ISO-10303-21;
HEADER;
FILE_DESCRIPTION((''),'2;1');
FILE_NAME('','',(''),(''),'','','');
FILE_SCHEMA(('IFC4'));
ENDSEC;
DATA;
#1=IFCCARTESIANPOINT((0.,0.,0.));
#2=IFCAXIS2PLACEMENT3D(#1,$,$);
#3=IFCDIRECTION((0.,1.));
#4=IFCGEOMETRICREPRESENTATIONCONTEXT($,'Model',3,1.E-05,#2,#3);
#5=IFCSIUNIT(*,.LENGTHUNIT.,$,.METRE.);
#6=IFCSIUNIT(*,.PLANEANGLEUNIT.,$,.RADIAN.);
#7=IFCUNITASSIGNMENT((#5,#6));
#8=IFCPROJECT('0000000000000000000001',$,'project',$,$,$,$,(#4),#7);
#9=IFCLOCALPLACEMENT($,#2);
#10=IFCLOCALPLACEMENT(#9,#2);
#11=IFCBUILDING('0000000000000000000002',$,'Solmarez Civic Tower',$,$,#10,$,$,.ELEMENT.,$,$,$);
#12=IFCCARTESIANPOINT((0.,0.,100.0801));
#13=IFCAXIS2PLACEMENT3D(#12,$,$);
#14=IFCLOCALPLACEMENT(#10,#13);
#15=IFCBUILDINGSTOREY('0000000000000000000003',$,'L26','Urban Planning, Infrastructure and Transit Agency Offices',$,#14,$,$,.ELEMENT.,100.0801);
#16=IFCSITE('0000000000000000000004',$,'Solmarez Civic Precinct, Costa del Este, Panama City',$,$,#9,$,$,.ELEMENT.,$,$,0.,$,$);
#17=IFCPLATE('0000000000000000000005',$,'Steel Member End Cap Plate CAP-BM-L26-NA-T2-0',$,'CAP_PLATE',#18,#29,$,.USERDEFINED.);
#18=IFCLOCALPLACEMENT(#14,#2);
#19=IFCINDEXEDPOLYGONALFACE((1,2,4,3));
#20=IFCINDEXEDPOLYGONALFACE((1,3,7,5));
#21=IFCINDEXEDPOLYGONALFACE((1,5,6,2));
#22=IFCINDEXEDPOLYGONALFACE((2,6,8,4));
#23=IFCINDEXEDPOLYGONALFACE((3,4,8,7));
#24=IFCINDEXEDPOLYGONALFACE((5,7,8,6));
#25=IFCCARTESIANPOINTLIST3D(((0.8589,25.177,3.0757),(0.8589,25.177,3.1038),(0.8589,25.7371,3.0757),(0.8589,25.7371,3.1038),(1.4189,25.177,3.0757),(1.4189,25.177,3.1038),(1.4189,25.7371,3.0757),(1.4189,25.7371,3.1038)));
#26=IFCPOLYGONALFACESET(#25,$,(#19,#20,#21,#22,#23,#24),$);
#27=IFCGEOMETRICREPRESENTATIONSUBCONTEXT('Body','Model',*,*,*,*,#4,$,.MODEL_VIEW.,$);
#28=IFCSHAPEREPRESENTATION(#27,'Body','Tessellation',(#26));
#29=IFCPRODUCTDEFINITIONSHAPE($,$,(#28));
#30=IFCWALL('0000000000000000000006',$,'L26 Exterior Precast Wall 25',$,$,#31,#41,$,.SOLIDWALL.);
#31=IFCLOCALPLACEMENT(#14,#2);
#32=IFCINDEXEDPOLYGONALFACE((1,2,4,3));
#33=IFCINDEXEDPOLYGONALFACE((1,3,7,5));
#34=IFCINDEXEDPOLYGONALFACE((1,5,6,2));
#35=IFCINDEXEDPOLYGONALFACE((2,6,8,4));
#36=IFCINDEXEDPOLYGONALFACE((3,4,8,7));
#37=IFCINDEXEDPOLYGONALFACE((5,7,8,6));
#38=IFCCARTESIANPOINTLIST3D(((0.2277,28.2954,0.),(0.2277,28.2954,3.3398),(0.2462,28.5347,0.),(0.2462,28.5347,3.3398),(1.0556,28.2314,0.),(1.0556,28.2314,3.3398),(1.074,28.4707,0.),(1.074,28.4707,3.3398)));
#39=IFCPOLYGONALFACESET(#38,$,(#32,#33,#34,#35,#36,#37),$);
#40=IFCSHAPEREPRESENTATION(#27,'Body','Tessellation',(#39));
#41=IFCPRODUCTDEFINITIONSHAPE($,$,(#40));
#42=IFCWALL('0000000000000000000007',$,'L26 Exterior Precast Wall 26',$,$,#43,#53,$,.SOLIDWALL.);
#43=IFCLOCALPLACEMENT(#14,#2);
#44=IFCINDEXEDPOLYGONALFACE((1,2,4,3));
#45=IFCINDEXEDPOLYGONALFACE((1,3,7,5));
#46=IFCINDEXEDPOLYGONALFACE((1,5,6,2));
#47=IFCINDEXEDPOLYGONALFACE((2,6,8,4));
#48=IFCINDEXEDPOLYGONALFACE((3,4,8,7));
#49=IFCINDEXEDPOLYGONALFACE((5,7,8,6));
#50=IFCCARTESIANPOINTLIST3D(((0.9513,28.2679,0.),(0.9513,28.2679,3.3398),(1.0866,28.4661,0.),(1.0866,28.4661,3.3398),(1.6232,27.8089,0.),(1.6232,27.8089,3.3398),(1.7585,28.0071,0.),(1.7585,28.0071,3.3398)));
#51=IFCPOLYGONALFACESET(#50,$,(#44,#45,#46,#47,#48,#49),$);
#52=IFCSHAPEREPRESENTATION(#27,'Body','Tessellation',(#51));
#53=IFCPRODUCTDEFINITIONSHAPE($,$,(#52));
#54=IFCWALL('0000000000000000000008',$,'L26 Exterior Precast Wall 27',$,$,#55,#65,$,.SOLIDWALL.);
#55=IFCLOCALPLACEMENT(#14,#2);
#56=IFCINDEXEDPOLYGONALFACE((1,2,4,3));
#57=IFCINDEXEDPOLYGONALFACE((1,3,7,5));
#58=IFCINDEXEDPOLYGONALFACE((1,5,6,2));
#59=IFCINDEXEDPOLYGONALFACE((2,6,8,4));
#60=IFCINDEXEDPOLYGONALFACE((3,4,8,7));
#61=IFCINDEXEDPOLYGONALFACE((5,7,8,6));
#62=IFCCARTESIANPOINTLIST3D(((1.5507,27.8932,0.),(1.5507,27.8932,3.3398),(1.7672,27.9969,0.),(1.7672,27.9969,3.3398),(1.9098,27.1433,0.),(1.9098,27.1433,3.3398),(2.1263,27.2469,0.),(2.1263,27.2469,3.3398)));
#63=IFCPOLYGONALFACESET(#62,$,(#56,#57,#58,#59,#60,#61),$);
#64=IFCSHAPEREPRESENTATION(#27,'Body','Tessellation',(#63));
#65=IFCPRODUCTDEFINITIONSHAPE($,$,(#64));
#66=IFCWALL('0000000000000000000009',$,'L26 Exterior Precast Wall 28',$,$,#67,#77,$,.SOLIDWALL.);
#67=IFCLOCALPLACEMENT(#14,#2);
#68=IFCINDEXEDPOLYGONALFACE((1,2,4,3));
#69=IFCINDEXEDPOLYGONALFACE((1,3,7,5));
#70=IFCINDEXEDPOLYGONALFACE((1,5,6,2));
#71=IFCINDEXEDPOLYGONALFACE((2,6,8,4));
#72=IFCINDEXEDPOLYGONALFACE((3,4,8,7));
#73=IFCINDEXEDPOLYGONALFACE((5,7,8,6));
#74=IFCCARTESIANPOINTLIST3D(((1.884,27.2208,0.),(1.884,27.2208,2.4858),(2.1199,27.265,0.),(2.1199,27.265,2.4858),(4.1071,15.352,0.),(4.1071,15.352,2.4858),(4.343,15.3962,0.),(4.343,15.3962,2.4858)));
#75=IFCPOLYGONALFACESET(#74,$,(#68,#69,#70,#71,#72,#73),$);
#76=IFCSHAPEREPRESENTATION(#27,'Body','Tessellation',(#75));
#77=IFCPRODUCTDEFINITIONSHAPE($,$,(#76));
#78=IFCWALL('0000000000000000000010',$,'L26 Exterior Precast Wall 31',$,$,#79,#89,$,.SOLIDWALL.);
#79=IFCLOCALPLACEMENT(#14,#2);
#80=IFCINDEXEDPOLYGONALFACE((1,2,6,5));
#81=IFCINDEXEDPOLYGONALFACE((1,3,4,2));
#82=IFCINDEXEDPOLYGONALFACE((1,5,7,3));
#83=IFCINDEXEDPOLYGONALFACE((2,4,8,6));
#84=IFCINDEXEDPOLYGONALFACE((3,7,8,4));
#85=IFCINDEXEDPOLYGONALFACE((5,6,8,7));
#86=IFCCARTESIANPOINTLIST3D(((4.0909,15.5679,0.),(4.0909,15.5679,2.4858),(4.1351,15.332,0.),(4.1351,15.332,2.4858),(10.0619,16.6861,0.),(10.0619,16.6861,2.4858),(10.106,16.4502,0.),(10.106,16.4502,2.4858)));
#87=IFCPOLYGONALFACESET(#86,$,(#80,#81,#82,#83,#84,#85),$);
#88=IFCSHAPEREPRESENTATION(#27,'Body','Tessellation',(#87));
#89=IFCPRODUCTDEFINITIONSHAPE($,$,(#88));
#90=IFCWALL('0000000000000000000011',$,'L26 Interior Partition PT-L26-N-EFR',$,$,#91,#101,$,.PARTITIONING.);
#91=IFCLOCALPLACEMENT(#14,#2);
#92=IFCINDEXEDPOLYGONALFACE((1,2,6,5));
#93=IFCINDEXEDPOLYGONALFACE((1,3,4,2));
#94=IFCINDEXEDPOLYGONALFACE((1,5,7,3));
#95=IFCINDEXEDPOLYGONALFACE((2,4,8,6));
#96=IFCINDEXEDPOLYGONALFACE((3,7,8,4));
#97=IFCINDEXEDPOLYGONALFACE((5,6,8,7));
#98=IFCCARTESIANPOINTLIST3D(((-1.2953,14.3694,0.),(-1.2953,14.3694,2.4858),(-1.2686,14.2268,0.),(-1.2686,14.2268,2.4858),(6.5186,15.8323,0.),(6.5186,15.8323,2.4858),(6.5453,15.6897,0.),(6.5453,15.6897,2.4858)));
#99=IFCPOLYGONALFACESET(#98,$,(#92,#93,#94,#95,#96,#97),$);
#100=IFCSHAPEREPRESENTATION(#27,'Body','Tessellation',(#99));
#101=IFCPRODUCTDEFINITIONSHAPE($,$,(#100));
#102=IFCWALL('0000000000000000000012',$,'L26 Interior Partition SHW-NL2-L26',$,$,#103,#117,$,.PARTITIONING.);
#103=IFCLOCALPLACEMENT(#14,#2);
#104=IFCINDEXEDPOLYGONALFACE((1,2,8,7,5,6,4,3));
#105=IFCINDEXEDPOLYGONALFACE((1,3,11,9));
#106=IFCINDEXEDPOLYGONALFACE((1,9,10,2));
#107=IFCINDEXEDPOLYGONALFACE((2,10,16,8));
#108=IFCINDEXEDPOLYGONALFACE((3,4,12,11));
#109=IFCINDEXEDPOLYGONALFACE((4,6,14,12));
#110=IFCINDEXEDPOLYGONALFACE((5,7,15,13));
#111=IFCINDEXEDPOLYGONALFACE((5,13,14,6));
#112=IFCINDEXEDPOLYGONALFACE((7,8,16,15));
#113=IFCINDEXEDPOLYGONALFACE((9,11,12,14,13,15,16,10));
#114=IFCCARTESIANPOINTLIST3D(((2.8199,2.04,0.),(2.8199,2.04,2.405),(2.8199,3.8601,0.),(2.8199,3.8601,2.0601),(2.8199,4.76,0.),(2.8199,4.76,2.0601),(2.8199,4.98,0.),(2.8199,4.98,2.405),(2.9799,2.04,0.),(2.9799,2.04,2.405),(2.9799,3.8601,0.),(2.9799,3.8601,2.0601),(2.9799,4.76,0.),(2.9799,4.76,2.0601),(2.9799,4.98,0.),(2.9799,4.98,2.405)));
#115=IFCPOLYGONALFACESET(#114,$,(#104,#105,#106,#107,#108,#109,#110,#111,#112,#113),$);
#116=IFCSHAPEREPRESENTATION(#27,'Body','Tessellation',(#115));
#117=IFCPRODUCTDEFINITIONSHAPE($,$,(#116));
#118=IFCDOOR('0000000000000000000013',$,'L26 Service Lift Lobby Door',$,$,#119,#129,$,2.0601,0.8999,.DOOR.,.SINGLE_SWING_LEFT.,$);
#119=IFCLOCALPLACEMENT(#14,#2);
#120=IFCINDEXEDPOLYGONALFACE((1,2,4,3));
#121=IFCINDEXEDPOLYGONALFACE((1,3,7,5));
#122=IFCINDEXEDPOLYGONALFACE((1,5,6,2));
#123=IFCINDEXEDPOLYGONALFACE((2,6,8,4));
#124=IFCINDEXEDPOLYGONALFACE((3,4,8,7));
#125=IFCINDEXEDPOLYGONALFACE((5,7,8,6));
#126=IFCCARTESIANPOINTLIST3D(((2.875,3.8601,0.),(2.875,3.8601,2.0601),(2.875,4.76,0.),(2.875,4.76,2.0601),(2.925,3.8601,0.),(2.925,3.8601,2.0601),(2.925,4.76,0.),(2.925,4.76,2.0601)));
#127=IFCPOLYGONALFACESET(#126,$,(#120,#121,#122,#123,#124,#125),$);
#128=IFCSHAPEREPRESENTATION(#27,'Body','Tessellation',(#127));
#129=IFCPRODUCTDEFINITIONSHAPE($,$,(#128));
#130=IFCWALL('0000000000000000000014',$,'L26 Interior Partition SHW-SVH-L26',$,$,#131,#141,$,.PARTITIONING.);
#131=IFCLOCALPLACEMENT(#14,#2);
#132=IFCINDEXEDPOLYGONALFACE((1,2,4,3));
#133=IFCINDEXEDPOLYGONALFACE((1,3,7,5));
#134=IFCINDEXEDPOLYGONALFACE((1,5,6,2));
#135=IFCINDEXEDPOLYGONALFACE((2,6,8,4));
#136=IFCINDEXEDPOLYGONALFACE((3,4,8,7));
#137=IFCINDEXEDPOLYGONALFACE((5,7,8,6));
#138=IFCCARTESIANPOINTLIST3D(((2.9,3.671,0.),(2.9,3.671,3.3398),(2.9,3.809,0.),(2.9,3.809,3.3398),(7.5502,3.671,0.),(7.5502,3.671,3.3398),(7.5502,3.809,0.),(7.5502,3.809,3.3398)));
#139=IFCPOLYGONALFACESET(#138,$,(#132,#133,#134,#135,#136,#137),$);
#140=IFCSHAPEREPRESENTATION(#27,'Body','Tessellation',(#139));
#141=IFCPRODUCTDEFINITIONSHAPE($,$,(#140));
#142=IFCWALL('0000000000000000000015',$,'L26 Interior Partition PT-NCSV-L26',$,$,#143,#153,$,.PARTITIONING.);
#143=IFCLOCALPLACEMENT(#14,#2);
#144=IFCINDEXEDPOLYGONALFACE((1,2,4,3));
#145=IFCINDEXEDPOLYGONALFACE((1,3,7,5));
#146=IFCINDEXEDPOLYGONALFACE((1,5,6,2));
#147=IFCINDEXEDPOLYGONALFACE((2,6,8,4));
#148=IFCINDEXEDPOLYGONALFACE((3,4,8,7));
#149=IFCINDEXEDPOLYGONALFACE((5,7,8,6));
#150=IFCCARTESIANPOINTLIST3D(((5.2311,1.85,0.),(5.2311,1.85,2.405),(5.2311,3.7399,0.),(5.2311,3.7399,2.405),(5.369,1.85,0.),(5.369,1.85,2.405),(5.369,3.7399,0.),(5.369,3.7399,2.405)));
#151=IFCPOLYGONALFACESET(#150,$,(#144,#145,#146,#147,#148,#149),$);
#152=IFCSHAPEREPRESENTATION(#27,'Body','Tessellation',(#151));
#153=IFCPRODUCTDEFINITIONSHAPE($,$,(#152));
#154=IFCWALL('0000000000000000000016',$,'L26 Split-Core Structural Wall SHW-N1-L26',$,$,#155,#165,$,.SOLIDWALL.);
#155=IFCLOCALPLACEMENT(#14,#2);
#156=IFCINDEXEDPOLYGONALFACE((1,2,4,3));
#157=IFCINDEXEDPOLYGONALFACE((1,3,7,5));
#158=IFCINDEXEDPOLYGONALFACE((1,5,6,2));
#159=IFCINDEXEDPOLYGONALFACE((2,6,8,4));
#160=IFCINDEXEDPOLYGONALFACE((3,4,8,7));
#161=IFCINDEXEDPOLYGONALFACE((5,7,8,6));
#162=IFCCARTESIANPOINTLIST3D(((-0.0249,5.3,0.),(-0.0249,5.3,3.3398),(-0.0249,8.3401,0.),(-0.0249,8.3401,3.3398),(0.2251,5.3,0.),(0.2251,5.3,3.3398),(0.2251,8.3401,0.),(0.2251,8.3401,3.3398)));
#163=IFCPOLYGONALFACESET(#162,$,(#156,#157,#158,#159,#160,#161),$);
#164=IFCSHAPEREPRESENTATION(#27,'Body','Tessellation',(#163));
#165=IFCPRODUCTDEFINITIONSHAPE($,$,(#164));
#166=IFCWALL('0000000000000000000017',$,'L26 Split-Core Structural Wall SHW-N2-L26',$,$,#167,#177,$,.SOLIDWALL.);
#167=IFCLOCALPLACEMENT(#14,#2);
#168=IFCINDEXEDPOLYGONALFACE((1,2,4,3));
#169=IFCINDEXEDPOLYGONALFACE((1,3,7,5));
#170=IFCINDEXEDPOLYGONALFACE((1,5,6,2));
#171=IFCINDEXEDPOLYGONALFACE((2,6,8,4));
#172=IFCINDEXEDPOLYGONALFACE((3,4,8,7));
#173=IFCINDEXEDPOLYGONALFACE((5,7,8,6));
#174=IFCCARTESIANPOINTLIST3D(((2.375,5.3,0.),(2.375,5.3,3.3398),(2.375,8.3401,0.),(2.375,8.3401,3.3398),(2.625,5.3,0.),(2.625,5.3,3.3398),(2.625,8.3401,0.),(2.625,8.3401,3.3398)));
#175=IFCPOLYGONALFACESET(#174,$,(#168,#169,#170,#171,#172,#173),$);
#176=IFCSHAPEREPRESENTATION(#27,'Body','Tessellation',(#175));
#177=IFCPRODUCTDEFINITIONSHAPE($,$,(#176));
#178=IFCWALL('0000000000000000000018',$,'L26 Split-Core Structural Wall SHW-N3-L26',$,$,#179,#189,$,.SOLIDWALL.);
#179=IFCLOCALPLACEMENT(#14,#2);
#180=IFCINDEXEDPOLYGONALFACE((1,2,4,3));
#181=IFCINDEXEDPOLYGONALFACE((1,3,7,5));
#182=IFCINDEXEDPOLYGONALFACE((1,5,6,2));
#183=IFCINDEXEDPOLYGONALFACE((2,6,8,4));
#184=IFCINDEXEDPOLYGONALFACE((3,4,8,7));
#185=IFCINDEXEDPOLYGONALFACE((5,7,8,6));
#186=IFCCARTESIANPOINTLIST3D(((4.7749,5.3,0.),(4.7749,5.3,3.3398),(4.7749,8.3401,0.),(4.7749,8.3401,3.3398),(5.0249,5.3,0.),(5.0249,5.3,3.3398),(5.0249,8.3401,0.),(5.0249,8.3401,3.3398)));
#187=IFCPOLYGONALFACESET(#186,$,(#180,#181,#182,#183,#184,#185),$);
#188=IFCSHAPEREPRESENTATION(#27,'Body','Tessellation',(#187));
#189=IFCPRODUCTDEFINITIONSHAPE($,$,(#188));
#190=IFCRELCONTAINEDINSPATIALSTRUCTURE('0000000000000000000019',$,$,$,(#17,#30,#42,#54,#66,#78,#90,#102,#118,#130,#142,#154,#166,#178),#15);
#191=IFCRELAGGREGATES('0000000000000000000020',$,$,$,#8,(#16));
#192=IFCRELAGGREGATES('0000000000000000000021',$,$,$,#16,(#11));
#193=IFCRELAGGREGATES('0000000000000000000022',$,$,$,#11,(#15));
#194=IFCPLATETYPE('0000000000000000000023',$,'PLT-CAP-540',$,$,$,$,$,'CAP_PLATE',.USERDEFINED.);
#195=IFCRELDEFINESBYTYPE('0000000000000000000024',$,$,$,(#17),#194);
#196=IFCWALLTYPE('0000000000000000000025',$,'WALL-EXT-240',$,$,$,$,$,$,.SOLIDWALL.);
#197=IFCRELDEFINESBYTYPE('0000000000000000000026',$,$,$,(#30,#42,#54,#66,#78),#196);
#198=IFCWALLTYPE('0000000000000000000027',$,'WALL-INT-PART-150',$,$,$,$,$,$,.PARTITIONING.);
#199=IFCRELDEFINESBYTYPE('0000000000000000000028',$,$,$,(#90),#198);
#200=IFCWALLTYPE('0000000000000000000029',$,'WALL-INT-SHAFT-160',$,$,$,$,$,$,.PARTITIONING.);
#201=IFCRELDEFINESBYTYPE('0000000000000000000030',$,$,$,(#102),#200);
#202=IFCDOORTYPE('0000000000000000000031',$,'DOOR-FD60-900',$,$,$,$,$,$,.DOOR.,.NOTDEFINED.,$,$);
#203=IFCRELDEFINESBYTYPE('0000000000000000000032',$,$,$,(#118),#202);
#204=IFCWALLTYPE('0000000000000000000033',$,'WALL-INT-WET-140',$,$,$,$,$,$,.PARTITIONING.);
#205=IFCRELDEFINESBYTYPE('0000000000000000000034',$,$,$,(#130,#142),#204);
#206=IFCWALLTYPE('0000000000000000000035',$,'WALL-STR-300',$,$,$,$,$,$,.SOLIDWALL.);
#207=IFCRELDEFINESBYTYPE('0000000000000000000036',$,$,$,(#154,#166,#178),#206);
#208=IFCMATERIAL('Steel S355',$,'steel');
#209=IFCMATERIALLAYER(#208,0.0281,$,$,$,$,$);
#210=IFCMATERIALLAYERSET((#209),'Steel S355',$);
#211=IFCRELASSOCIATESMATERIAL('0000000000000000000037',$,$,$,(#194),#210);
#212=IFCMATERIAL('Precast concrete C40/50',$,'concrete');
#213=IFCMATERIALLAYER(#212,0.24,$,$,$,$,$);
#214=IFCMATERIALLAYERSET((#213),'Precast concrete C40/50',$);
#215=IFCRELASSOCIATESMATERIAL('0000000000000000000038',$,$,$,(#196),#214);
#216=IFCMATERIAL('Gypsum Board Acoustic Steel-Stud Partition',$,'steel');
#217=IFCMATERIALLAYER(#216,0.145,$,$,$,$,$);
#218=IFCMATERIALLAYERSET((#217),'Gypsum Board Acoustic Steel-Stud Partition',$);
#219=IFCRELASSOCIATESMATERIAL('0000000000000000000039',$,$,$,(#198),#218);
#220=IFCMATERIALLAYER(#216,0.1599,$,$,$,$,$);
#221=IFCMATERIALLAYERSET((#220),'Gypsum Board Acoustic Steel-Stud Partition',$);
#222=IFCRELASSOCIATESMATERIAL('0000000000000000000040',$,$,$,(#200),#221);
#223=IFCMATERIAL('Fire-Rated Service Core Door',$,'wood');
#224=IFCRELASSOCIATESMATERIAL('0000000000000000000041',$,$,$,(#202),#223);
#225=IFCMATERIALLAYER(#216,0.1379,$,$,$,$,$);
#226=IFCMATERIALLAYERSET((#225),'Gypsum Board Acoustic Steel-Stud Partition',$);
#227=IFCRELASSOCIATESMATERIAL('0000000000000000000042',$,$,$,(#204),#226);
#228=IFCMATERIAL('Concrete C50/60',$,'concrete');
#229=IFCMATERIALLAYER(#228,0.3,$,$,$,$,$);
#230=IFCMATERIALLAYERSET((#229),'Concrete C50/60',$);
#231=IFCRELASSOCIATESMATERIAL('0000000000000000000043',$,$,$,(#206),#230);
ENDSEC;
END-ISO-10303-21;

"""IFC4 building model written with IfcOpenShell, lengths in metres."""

from ifc_helpers import new_model, si_unit, direction, frame, frame_2d, origin, origin_2d, place, context, subcontext, project, spatial, rectangle, extrude, material, layer, layer_set, type_object, element, fill, save


model = new_model("IFC4")

# Units and contexts
model_context = context("Model", 3, precision=1e-05, world=origin(), true_north=direction((0.0, 1.0)))
body_context = subcontext(model_context, "Body", "Model", "MODEL_VIEW")
ifc_project = project(units=[si_unit("LENGTHUNIT", "METRE"), si_unit("PLANEANGLEUNIT", "RADIAN")], contexts=[model_context])

# Site, building, storey
site_placement = place(None, origin())
site = spatial("IfcSite", under=ifc_project, at=site_placement, Name="Solmarez Civic Precinct, Costa del Este, Panama City", CompositionType="ELEMENT", RefElevation=0.0)
building_placement = place(site_placement, origin())
building = spatial("IfcBuilding", under=site, at=building_placement, Name="Solmarez Civic Tower", CompositionType="ELEMENT")
storey_placement = place(building_placement, frame((0.0, 0.0, 100.0801)))
storey = spatial("IfcBuildingStorey", under=building, at=storey_placement, Name="L26", Description="Urban Planning, Infrastructure and Transit Agency Offices", CompositionType="ELEMENT", Elevation=100.0801)

# Shared definitions
ifc_material_1 = material(Name="Steel S355", Category="steel")

# Plate
ifc_layer_1 = layer(ifc_material_1, 0.0281)
ifc_layer_set_1 = layer_set([ifc_layer_1], Name="Steel S355")
plate_type_1 = type_object("IfcPlateType", Name="PLT-CAP-540", ElementType="CAP_PLATE", PredefinedType="USERDEFINED", material=ifc_layer_set_1)
plate_placement = place(storey_placement, frame((1.1389, 25.457, 3.0757), z_axis=(0.0, 0.0, 1.0), x_axis=(1.0, 0.0, 0.0)))
element("IfcPlate", 1, at=plate_placement, inside=storey, type_object=plate_type_1, Name="Steel Member End Cap Plate CAP-BM-L26-NA-T2-0", ObjectType="CAP_PLATE", PredefinedType="USERDEFINED", context=body_context, shape_type="SweptSolid", body=[
    extrude(rectangle(XDim=0.5601, YDim=0.5601, at=origin_2d()), origin(), (0.0, 0.0, 1.0), 0.0281),
])

# Walls
ifc_material_2 = material(Name="Precast concrete C40/50", Category="concrete")
ifc_layer_2 = layer(ifc_material_2, 0.24)
ifc_layer_set_2 = layer_set([ifc_layer_2], Name="Precast concrete C40/50")
wall_type_1 = type_object("IfcWallType", Name="WALL-EXT-240", PredefinedType="SOLIDWALL", material=ifc_layer_set_2)
wall_1_placement = place(storey_placement, frame((0.2371, 28.415, 0.0), z_axis=(0.0, 0.0, 1.0), x_axis=(0.997028, -0.077034, 0.0)))
element("IfcWall", 2, at=wall_1_placement, inside=storey, type_object=wall_type_1, Name="L26 Exterior Precast Wall 25", PredefinedType="SOLIDWALL", context=body_context, shape_type="SweptSolid", body=[
    extrude(rectangle(XDim=0.8303, YDim=0.24, at=frame_2d((0.415, 0.0))), origin(), (0.0, 0.0, 1.0), 3.3398),
])
wall_2_placement = place(storey_placement, frame((1.019, 28.3669, 0.0), z_axis=(0.0, 0.0, 1.0), x_axis=(0.825719, -0.564081, 0.0)))
element("IfcWall", 3, at=wall_2_placement, inside=storey, type_object=wall_type_1, Name="L26 Exterior Precast Wall 26", PredefinedType="SOLIDWALL", context=body_context, shape_type="SweptSolid", body=[
    extrude(rectangle(XDim=0.8137, YDim=0.24, at=frame_2d((0.4067, 0.0))), origin(), (0.0, 0.0, 1.0), 3.3398),
])
wall_3_placement = place(storey_placement, frame((1.6589, 27.9451, 0.0), z_axis=(0.0, 0.0, 1.0), x_axis=(0.431881, -0.90193, 0.0)))
element("IfcWall", 4, at=wall_3_placement, inside=storey, type_object=wall_type_1, Name="L26 Exterior Precast Wall 27", PredefinedType="SOLIDWALL", context=body_context, shape_type="SweptSolid", body=[
    extrude(rectangle(XDim=0.8315, YDim=0.24, at=frame_2d((0.4158, 0.0))), origin(), (0.0, 0.0, 1.0), 3.3398),
])
wall_4_placement = place(storey_placement, frame((2.002, 27.2429, 0.0), z_axis=(0.0, 0.0, 1.0), x_axis=(0.184107, -0.982906, 0.0)))
element("IfcWall", 5, at=wall_4_placement, inside=storey, type_object=wall_type_1, Name="L26 Exterior Precast Wall 28", PredefinedType="SOLIDWALL", context=body_context, shape_type="SweptSolid", body=[
    extrude(rectangle(XDim=12.0752, YDim=0.24, at=frame_2d((6.0376, 0.0))), origin(), (0.0, 0.0, 1.0), 2.4858),
])
wall_5_placement = place(storey_placement, frame((4.113, 15.45, 0.0), z_axis=(0.0, 0.0, 1.0), x_axis=(0.982914, 0.184068, 0.0)))
element("IfcWall", 6, at=wall_5_placement, inside=storey, type_object=wall_type_1, Name="L26 Exterior Precast Wall 31", PredefinedType="SOLIDWALL", context=body_context, shape_type="SweptSolid", body=[
    extrude(rectangle(XDim=6.0747, YDim=0.24, at=frame_2d((3.0374, 0.0))), origin(), (0.0, 0.0, 1.0), 2.4858),
])
ifc_material_3 = material(Name="Gypsum Board Acoustic Steel-Stud Partition", Category="steel")
ifc_layer_3 = layer(ifc_material_3, 0.145)
ifc_layer_set_3 = layer_set([ifc_layer_3], Name="Gypsum Board Acoustic Steel-Stud Partition")
wall_type_2 = type_object("IfcWallType", Name="WALL-INT-PART-150", PredefinedType="PARTITIONING", material=ifc_layer_set_3)
wall_6_placement = place(storey_placement, frame((6.532, 15.761, 0.0), z_axis=(0.0, 0.0, 1.0), x_axis=(-0.982923, -0.184018, 0.0)))
element("IfcWall", 7, at=wall_6_placement, inside=storey, type_object=wall_type_2, Name="L26 Interior Partition PT-L26-N-EFR", PredefinedType="PARTITIONING", context=body_context, shape_type="SweptSolid", body=[
    extrude(rectangle(XDim=7.9497, YDim=0.145, at=frame_2d((3.9749, 0.0))), origin(), (0.0, 0.0, 1.0), 2.4858),
])

# Wall, opening, door
ifc_layer_4 = layer(ifc_material_3, 0.1599)
ifc_layer_set_4 = layer_set([ifc_layer_4], Name="Gypsum Board Acoustic Steel-Stud Partition")
wall_type_3 = type_object("IfcWallType", Name="WALL-INT-SHAFT-160", PredefinedType="PARTITIONING", material=ifc_layer_set_4)
wall_7_placement = place(storey_placement, frame((2.8999, 2.04, 0.0), z_axis=(0.0, 0.0, 1.0), x_axis=(0.0, 1.0, 0.0)))
wall_7 = element("IfcWall", 8, at=wall_7_placement, inside=storey, type_object=wall_type_3, Name="L26 Interior Partition SHW-NL2-L26", PredefinedType="PARTITIONING", context=body_context, shape_type="SweptSolid", body=[
    extrude(rectangle(XDim=2.9399, YDim=0.1599, at=frame_2d((1.47, 0.0))), origin(), (0.0, 0.0, 1.0), 2.405),
])
opening_placement = place(wall_7_placement, frame((1.8201, 0.0, 0.0)))
opening = element("IfcOpeningElement", 9, at=opening_placement, cuts=wall_7, PredefinedType="OPENING", context=body_context, shape_type="SweptSolid", body=[
    extrude(rectangle(XDim=0.8999, YDim=2.0601, at=frame_2d((0.45, 1.03))), frame((0.0, 0.0898, 0.0), z_axis=(0.0, -1.0, 0.0), x_axis=(1.0, 0.0, 0.0)), (0.0, 0.0, 1.0), 0.1799),
])
ifc_material_4 = material(Name="Fire-Rated Service Core Door", Category="wood")
door_type = type_object("IfcDoorType", Name="DOOR-FD60-900", OperationType="NOTDEFINED", PredefinedType="DOOR", material=ifc_material_4)
door_placement = place(opening_placement, origin())
door = element("IfcDoor", 10, at=door_placement, inside=storey, type_object=door_type, Name="L26 Service Lift Lobby Door", OperationType="SINGLE_SWING_LEFT", OverallHeight=2.0601, OverallWidth=0.8999, PredefinedType="DOOR", context=body_context, shape_type="SweptSolid", body=[
    extrude(rectangle(XDim=0.8999, YDim=2.0601, at=frame_2d((0.45, 1.03))), frame((0.0, 0.0249, 0.0), z_axis=(0.0, -1.0, 0.0), x_axis=(1.0, 0.0, 0.0)), (0.0, 0.0, 1.0), 0.05),
])
fill(opening, door)

# Walls
ifc_layer_5 = layer(ifc_material_3, 0.1379)
ifc_layer_set_5 = layer_set([ifc_layer_5], Name="Gypsum Board Acoustic Steel-Stud Partition")
wall_type_4 = type_object("IfcWallType", Name="WALL-INT-WET-140", PredefinedType="PARTITIONING", material=ifc_layer_set_5)
wall_8_placement = place(storey_placement, frame((2.8999, 3.74, 0.0), z_axis=(0.0, 0.0, 1.0), x_axis=(1.0, 0.0, 0.0)))
element("IfcWall", 11, at=wall_8_placement, inside=storey, type_object=wall_type_4, Name="L26 Interior Partition SHW-SVH-L26", PredefinedType="PARTITIONING", context=body_context, shape_type="SweptSolid", body=[
    extrude(rectangle(XDim=4.6501, YDim=0.1379, at=frame_2d((2.3252, 0.0))), origin(), (0.0, 0.0, 1.0), 3.3398),
])
wall_9_placement = place(storey_placement, frame((5.3, 1.8501, 0.0), z_axis=(0.0, 0.0, 1.0), x_axis=(0.0, 1.0, 0.0)))
element("IfcWall", 12, at=wall_9_placement, inside=storey, type_object=wall_type_4, Name="L26 Interior Partition PT-NCSV-L26", PredefinedType="PARTITIONING", context=body_context, shape_type="SweptSolid", body=[
    extrude(rectangle(XDim=1.8899, YDim=0.1379, at=frame_2d((0.9448, 0.0))), origin(), (0.0, 0.0, 1.0), 2.405),
])
ifc_material_5 = material(Name="Concrete C50/60", Category="concrete")
ifc_layer_6 = layer(ifc_material_5, 0.3)
ifc_layer_set_6 = layer_set([ifc_layer_6], Name="Concrete C50/60")
wall_type_5 = type_object("IfcWallType", Name="WALL-STR-300", PredefinedType="SOLIDWALL", material=ifc_layer_set_6)
for number, where, z_axis, x_axis, name in (
    (13, (0.1001, 5.3, 0.0), (0.0, 0.0, 1.0), (0.0, 1.0, 0.0), "L26 Split-Core Structural Wall SHW-N1-L26"),
    (14, (2.5, 5.3, 0.0), (0.0, 0.0, 1.0), (0.0, 1.0, 0.0), "L26 Split-Core Structural Wall SHW-N2-L26"),
    (15, (4.8999, 5.3, 0.0), (0.0, 0.0, 1.0), (0.0, 1.0, 0.0), "L26 Split-Core Structural Wall SHW-N3-L26"),
):
    element("IfcWall", number, at=place(storey_placement, frame(where, z_axis=z_axis, x_axis=x_axis)), inside=storey, type_object=wall_type_5, Name=name, PredefinedType="SOLIDWALL", context=body_context, shape_type="SweptSolid", body=[
        extrude(rectangle(XDim=3.04, YDim=0.25, at=frame_2d((1.52, 0.0))), origin(), (0.0, 0.0, 1.0), 3.3398),
    ])

save(model, "model.ifc")
